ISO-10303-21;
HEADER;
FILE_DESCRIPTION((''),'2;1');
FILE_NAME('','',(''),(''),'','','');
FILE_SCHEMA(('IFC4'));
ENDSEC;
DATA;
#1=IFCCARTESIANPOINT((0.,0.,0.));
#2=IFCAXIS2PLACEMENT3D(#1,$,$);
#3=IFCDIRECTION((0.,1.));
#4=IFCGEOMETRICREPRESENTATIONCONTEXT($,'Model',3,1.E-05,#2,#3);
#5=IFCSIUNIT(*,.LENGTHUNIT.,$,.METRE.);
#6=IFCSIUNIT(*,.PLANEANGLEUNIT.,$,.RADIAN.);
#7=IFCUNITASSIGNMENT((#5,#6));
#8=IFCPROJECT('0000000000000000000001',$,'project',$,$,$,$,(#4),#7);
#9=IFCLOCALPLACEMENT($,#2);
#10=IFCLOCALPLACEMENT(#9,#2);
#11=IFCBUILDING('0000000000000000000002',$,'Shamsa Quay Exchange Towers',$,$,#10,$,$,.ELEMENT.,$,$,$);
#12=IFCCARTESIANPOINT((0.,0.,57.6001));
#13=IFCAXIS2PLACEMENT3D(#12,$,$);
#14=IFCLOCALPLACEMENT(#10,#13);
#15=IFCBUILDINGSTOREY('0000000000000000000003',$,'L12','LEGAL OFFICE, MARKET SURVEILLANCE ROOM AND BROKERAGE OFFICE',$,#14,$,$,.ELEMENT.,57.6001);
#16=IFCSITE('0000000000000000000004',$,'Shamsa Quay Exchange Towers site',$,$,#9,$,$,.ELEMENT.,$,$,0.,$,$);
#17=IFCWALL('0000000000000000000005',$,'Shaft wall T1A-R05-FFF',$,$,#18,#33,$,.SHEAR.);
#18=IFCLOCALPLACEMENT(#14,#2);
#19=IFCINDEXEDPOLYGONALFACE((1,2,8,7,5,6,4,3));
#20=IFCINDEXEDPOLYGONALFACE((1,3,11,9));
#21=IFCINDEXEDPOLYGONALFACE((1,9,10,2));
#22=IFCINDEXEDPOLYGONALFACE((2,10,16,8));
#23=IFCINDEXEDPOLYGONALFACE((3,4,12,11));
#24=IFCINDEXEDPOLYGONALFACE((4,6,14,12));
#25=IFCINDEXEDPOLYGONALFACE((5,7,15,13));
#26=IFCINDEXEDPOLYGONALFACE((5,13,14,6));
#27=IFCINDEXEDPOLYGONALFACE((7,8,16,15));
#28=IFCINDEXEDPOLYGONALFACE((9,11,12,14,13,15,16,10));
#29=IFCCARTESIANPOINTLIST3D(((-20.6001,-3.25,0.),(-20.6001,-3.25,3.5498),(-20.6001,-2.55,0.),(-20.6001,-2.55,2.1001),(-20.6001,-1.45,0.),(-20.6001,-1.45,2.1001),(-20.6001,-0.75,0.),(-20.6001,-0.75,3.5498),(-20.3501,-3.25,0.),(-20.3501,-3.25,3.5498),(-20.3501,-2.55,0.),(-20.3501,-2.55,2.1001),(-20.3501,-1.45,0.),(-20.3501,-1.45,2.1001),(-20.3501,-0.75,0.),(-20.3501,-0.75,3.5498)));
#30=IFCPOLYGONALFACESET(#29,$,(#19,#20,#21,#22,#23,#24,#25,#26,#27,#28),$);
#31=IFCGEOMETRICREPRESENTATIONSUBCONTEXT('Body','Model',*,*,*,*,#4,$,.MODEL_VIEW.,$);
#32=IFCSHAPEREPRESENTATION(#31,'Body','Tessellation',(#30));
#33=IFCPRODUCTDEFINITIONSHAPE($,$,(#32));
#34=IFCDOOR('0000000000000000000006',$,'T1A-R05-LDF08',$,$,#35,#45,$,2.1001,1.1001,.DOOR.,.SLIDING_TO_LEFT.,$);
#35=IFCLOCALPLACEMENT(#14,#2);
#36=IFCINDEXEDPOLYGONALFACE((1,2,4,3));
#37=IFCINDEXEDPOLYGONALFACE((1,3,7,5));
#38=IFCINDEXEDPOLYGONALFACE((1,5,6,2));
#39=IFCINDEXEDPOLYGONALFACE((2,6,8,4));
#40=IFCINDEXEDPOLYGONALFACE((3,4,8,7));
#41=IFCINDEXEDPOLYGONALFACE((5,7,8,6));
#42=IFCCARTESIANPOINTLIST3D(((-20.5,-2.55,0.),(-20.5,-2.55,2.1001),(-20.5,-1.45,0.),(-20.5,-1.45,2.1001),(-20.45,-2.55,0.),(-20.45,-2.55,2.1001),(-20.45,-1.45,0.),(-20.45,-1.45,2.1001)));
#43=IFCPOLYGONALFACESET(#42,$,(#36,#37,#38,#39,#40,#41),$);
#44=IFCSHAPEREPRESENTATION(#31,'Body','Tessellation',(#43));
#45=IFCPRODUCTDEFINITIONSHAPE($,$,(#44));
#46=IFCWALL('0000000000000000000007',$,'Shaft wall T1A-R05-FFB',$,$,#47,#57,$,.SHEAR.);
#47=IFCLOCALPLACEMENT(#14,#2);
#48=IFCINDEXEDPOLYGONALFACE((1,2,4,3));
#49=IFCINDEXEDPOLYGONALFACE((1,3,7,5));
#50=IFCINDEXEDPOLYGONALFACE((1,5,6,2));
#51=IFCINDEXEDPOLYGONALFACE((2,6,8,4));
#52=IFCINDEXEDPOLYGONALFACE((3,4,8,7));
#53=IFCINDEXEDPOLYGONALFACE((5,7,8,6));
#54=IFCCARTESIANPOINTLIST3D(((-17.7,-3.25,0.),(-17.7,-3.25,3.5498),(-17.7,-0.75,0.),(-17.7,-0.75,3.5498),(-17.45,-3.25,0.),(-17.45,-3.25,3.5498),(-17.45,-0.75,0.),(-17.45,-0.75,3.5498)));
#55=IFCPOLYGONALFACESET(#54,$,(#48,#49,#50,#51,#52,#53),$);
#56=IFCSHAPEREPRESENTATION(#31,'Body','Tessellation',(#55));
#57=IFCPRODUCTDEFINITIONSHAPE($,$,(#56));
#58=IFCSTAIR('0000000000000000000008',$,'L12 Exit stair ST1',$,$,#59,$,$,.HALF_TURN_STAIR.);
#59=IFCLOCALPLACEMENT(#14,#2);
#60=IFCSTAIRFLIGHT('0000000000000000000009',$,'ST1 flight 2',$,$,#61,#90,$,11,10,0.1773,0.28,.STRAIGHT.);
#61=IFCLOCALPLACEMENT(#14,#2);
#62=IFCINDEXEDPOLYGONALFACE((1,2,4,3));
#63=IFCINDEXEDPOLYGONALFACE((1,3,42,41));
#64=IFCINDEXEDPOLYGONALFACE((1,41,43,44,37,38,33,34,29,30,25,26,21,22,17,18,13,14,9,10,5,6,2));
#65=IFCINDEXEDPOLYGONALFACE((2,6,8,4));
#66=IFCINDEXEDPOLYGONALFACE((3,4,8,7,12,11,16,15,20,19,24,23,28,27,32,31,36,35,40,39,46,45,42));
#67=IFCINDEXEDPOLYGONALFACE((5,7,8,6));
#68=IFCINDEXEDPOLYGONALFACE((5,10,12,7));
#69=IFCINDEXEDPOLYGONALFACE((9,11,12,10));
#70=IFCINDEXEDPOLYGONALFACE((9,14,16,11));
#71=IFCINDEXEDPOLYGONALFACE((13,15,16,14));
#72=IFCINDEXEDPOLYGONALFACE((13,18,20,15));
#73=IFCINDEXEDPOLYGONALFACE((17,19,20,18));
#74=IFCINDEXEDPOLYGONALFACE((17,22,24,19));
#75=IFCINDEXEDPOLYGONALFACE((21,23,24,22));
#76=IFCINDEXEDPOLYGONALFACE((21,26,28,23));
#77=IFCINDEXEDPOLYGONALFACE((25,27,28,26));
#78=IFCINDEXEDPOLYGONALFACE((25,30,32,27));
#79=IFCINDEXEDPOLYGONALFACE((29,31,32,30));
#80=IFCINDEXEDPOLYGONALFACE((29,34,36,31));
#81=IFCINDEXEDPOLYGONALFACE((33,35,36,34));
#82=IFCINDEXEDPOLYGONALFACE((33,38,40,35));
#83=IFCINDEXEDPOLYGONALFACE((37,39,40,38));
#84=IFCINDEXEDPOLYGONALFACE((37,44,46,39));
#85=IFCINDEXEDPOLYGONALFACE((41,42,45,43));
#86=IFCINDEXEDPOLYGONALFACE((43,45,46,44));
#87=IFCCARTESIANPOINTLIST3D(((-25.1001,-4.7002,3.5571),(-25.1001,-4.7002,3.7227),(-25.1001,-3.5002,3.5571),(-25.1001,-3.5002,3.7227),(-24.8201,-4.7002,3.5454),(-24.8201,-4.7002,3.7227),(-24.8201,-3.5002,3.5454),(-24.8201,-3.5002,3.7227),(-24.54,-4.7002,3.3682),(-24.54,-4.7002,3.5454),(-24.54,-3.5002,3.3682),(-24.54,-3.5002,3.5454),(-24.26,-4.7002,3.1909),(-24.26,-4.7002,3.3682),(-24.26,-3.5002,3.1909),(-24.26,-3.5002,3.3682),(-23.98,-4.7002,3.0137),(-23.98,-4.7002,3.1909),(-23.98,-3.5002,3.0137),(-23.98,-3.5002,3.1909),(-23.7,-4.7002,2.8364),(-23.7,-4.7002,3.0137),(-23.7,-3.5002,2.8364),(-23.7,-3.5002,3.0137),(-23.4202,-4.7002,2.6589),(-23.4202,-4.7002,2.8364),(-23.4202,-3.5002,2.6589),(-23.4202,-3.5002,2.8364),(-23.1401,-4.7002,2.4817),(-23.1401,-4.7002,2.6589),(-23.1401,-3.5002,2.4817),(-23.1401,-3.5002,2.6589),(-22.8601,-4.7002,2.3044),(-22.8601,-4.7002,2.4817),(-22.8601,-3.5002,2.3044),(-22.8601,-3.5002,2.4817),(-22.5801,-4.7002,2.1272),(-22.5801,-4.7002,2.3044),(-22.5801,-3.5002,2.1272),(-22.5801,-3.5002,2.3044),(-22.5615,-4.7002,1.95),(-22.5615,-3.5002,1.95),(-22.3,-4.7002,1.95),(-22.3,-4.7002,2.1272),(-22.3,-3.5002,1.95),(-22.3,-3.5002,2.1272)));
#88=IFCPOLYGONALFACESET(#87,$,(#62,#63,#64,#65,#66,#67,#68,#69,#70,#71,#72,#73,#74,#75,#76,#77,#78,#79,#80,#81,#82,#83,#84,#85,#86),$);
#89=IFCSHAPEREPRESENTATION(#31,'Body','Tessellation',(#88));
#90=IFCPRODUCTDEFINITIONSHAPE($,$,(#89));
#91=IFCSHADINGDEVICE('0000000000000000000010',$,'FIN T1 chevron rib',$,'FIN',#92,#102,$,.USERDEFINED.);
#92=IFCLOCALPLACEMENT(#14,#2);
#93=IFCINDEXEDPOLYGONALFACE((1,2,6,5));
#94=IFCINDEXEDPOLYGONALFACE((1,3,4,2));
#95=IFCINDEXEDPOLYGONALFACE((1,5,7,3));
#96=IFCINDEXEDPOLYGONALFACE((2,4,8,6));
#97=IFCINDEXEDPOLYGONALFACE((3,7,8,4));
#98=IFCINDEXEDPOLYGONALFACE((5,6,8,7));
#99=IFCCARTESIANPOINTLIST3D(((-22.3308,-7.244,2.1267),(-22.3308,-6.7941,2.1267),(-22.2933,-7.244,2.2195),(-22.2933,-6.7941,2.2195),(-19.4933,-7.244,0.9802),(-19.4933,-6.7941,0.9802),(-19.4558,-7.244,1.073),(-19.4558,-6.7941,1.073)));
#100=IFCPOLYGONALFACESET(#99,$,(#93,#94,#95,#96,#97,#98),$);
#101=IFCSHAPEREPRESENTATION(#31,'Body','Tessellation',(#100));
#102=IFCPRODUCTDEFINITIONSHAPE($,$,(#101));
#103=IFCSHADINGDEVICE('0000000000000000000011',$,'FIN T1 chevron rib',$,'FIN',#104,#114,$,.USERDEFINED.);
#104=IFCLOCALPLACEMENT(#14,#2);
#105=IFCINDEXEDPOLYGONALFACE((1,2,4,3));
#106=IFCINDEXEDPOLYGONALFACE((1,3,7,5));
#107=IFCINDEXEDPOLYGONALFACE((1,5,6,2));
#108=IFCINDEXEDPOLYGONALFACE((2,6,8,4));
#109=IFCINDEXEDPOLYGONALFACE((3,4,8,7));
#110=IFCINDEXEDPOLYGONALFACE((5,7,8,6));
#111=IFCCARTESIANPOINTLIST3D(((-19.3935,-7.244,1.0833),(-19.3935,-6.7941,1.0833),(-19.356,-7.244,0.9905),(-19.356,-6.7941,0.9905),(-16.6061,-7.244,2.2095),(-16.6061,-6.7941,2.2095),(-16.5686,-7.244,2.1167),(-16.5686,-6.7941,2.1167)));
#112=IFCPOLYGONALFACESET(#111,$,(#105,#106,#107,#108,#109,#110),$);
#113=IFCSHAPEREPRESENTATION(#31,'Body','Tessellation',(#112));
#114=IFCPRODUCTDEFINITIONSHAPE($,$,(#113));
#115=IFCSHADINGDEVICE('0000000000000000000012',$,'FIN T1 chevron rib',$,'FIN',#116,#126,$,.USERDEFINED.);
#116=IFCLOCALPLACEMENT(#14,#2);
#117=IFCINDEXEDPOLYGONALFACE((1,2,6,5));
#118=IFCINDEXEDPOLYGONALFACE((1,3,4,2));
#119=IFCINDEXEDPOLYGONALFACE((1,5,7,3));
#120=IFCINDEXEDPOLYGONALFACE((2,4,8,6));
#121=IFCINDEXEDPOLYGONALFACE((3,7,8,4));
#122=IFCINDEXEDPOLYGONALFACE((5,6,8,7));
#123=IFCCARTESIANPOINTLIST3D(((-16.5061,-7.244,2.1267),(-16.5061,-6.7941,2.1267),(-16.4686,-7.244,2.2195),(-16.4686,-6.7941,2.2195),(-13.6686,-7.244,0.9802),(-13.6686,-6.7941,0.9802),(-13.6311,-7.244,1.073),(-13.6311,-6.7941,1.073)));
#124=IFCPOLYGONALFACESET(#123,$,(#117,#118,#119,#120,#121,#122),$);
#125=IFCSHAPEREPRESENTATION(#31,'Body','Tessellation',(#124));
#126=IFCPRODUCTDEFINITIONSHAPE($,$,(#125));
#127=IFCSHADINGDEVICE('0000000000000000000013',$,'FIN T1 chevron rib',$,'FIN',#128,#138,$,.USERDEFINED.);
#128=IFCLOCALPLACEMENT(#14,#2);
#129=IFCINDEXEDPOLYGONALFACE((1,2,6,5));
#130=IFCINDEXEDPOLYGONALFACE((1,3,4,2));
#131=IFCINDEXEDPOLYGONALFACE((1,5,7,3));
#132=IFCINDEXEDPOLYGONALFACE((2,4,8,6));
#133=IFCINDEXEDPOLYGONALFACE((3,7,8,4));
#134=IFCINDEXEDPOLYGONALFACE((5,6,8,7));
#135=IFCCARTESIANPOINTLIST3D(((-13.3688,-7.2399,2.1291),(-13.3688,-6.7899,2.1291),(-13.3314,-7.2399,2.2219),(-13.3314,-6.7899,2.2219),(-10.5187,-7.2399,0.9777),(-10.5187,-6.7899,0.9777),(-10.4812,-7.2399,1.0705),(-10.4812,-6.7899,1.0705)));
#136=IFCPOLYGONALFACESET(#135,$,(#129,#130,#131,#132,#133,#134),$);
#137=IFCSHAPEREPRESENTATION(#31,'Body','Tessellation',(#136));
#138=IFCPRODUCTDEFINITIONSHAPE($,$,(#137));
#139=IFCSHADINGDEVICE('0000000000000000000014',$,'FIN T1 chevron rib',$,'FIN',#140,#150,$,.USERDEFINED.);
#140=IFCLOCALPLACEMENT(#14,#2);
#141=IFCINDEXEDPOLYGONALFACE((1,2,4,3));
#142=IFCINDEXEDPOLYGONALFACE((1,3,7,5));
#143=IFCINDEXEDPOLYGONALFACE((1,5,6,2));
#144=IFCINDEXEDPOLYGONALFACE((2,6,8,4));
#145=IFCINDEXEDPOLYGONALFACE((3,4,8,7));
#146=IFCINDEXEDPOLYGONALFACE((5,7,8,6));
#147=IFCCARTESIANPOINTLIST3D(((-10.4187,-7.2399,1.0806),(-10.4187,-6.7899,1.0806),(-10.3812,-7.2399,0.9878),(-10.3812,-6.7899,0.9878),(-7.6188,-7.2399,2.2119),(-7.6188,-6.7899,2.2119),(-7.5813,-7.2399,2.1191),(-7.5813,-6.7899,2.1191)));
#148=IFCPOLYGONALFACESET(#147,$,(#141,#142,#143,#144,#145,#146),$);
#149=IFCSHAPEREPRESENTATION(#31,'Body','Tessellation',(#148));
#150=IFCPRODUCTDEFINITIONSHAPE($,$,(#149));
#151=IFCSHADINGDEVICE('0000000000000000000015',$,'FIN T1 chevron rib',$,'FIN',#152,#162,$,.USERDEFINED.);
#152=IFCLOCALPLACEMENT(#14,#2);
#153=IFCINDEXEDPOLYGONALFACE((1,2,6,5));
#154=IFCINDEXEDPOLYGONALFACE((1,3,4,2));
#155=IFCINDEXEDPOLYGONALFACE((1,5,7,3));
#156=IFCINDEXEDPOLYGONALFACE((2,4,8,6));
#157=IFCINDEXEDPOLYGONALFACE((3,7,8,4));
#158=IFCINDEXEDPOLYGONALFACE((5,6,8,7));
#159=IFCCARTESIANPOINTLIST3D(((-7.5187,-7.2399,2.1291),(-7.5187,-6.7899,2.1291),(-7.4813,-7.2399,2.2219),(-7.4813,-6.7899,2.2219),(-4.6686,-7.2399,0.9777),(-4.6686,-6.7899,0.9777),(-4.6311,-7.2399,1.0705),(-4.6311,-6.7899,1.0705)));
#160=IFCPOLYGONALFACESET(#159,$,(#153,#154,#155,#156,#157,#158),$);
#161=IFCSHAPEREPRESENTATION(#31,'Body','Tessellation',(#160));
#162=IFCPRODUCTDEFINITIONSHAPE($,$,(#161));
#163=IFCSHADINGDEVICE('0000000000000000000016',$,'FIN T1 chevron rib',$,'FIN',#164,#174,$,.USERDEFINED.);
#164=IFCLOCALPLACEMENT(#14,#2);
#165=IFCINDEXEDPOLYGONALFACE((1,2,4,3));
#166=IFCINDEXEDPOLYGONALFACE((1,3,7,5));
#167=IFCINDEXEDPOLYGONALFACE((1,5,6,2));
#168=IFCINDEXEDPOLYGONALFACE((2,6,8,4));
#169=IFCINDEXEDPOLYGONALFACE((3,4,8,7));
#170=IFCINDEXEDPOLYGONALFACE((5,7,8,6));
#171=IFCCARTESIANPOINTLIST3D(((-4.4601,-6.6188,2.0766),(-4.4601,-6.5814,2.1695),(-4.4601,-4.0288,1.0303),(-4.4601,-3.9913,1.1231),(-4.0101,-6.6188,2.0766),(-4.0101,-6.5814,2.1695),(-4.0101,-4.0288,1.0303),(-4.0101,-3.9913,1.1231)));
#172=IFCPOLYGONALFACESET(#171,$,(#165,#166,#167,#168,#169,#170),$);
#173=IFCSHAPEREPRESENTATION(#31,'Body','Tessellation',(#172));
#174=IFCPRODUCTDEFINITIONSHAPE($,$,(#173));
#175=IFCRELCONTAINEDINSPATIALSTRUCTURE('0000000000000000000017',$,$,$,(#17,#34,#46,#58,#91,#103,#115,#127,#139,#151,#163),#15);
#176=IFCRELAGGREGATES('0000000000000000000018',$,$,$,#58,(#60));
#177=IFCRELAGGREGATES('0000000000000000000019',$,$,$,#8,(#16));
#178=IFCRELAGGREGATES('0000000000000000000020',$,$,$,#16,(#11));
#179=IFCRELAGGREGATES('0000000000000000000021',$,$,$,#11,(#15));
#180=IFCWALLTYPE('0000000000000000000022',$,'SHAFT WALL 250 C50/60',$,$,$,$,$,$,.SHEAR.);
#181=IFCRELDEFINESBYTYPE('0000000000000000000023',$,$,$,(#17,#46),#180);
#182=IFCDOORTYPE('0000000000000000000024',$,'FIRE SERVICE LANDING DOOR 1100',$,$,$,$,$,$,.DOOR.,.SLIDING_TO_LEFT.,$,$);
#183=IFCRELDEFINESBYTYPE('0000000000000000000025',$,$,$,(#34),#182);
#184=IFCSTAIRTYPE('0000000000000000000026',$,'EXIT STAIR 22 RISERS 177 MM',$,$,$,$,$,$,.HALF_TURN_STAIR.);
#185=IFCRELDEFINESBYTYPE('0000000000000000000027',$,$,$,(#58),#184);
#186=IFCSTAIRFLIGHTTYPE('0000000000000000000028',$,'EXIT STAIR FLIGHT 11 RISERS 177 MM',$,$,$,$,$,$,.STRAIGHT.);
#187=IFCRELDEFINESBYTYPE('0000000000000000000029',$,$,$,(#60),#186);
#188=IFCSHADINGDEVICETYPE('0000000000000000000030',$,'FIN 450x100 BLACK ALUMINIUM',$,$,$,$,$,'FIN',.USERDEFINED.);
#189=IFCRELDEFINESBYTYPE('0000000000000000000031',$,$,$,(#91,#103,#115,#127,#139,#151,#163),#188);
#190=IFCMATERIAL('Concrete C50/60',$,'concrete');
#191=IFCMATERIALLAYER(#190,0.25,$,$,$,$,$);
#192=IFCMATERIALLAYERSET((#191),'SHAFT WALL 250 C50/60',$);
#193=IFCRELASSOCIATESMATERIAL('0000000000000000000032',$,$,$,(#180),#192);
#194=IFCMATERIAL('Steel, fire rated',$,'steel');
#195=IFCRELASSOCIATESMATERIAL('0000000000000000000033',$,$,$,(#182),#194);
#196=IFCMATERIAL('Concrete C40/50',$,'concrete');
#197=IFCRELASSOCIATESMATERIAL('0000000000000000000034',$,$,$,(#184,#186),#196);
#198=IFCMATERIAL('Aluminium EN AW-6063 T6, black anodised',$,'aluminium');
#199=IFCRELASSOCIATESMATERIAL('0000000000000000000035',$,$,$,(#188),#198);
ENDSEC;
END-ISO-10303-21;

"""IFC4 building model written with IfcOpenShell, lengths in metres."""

from ifc_helpers import new_model, si_unit, direction, frame, frame_2d, origin, origin_2d, place, context, subcontext, project, spatial, polyline, rectangle, outline, extrude, material, layer, layer_set, material_profile, profile_set, type_object, element, fill, aggregate, save


model = new_model("IFC4")

# Units and contexts
model_context = context("Model", 3, precision=1e-05, world=origin(), true_north=direction((0.0, 1.0)))
body_context = subcontext(model_context, "Body", "Model", "MODEL_VIEW")
ifc_project = project(units=[si_unit("LENGTHUNIT", "METRE"), si_unit("PLANEANGLEUNIT", "RADIAN")], contexts=[model_context])

# Site, building, storey
site_placement = place(None, origin())
site = spatial("IfcSite", under=ifc_project, at=site_placement, Name="Shamsa Quay Exchange Towers site", CompositionType="ELEMENT", RefElevation=0.0)
building_placement = place(site_placement, origin())
building = spatial("IfcBuilding", under=site, at=building_placement, Name="Shamsa Quay Exchange Towers", CompositionType="ELEMENT")
storey_placement = place(building_placement, frame((0.0, 0.0, 57.6001)))
storey = spatial("IfcBuildingStorey", under=building, at=storey_placement, Name="L12", Description="LEGAL OFFICE, MARKET SURVEILLANCE ROOM AND BROKERAGE OFFICE", CompositionType="ELEMENT", Elevation=57.6001)

# Shared definitions
ifc_material_1 = material(Name="Aluminium EN AW-6063 T6, black anodised", Category="aluminium")

# Shared definitions
ifc_material_2 = material(Name="Concrete C40/50", Category="concrete")

# Shared definitions
ifc_material_3 = material(Name="Concrete C50/60", Category="concrete")
ifc_layer_1 = layer(ifc_material_3, 0.25)
ifc_layer_set_1 = layer_set([ifc_layer_1], Name="SHAFT WALL 250 C50/60")
wall_type_1 = type_object("IfcWallType", Name="SHAFT WALL 250 C50/60", PredefinedType="SHEAR", material=ifc_layer_set_1)
ifc_material_4 = material(Name="Steel, fire rated", Category="steel")

# Wall, opening, door
wall_1_placement = place(storey_placement, frame((-20.4751, -3.25, 0.0), z_axis=(0.0, 0.0, 1.0), x_axis=(0.0, 1.0, 0.0)))
wall_1 = element("IfcWall", 1, at=wall_1_placement, inside=storey, type_object=wall_type_1, Name="Shaft wall T1A-R05-FFF", PredefinedType="SHEAR", context=body_context, shape_type="SweptSolid", body=[
    extrude(rectangle(XDim=2.5, YDim=0.25, at=frame_2d((1.25, 0.0))), origin(), (0.0, 0.0, 1.0), 3.5498),
])
opening_1_placement = place(wall_1_placement, frame((0.7, 0.0, 0.0)))
opening_1 = element("IfcOpeningElement", 2, at=opening_1_placement, cuts=wall_1, PredefinedType="OPENING", context=body_context, shape_type="SweptSolid", body=[
    extrude(rectangle(XDim=1.1001, YDim=2.1001, at=frame_2d((0.55, 1.05))), frame((0.0, 0.135, 0.0), z_axis=(0.0, -1.0, 0.0), x_axis=(1.0, 0.0, 0.0)), (0.0, 0.0, 1.0), 0.27),
])
door_type_1 = type_object("IfcDoorType", Name="FIRE SERVICE LANDING DOOR 1100", OperationType="SLIDING_TO_LEFT", PredefinedType="DOOR", material=ifc_material_4)
door_1_placement = place(opening_1_placement, origin())
door_1 = element("IfcDoor", 3, at=door_1_placement, inside=storey, type_object=door_type_1, Name="T1A-R05-LDF08", OperationType="SLIDING_TO_LEFT", OverallHeight=2.1001, OverallWidth=1.1001, PredefinedType="DOOR", context=body_context, shape_type="SweptSolid", body=[
    extrude(rectangle(XDim=1.1001, YDim=2.1001, at=frame_2d((0.55, 1.05))), frame((0.0, 0.0249, 0.0), z_axis=(0.0, -1.0, 0.0), x_axis=(1.0, 0.0, 0.0)), (0.0, 0.0, 1.0), 0.05),
])
fill(opening_1, door_1)

# Wall
wall_2_placement = place(storey_placement, frame((-17.575, -3.25, 0.0), z_axis=(0.0, 0.0, 1.0), x_axis=(0.0, 1.0, 0.0)))
element("IfcWall", 4, at=wall_2_placement, inside=storey, type_object=wall_type_1, Name="Shaft wall T1A-R05-FFB", PredefinedType="SHEAR", context=body_context, shape_type="SweptSolid", body=[
    extrude(rectangle(XDim=2.5, YDim=0.25, at=frame_2d((1.25, 0.0))), origin(), (0.0, 0.0, 1.0), 3.5498),
])

# Stair, stair flight
stair_type = type_object("IfcStairType", Name="EXIT STAIR 22 RISERS 177 MM", PredefinedType="HALF_TURN_STAIR", material=ifc_material_2)
stair_placement = place(storey_placement, origin())
stair = element("IfcStair", 5, at=stair_placement, inside=storey, type_object=stair_type, Name="L12 Exit stair ST1", PredefinedType="HALF_TURN_STAIR")
stair_flight_type = type_object("IfcStairFlightType", Name="EXIT STAIR FLIGHT 11 RISERS 177 MM", PredefinedType="STRAIGHT", material=ifc_material_2)
stair_flight_placement = place(storey_placement, frame((-22.3, -4.1001, 1.95), z_axis=(0.0, 0.0, 1.0), x_axis=(-1.0, 0.0, 0.0)))
stair_flight = element("IfcStairFlight", 6, at=stair_flight_placement, type_object=stair_flight_type, Name="ST1 flight 2", NumberOfRisers=11, NumberOfTreads=10, PredefinedType="STRAIGHT", RiserHeight=0.1773, TreadLength=0.28, context=body_context, shape_type="SweptSolid", body=[
    extrude(outline(polyline([(0.0, 0.0), (0.0, 0.1772), (0.28, 0.1772), (0.28, 0.3545), (0.5601, 0.3545), (0.5601, 0.5317), (0.8401, 0.5317), (0.8401, 0.709), (1.1201, 0.709), (1.1201, 0.8865), (1.3999, 0.8865), (1.3999, 1.0637), (1.6799, 1.0637), (1.6799, 1.241), (1.96, 1.241), (1.96, 1.4182), (2.24, 1.4182), (2.24, 1.5955), (2.52, 1.5955), (2.52, 1.7727), (2.8, 1.7727), (2.8, 1.95), (2.8, 1.6072), (0.2615, 0.0), (0.0, 0.0)])), frame((0.0, 0.6001, 0.0), z_axis=(0.0, -1.0, 0.0), x_axis=(1.0, 0.0, 0.0)), (0.0, 0.0, 1.0), 1.2),
])
aggregate(stair, [stair_flight])

# Shading devices
ifc_material_profile_1 = material_profile(ifc_material_1, rectangle(XDim=0.45, YDim=0.1001, at=origin_2d()), Name="FIN450x100")
ifc_profile_set_1 = profile_set([ifc_material_profile_1], Name="Aluminium EN AW-6063 T6, black anodised")
shading_device_type = type_object("IfcShadingDeviceType", Name="FIN 450x100 BLACK ALUMINIUM", ElementType="FIN", PredefinedType="USERDEFINED", material=ifc_profile_set_1)
shading_device_1_placement = place(storey_placement, frame((-22.312, -7.019, 2.1731), z_axis=(0.927173, 0.0, -0.374635), x_axis=(0.0, 1.0, 0.0)))
element("IfcShadingDevice", 7, at=shading_device_1_placement, inside=storey, type_object=shading_device_type, Name="FIN T1 chevron rib", ObjectType="FIN", PredefinedType="USERDEFINED", context=body_context, shape_type="SweptSolid", body=[
    extrude(rectangle(XDim=0.45, YDim=0.1001, at=origin_2d()), origin(), (0.0, 0.0, 1.0), 3.0603),
])
shading_device_2_placement = place(storey_placement, frame((-19.3748, -7.019, 1.0369), z_axis=(0.927177, 0.0, 0.374623), x_axis=(0.0, 1.0, 0.0)))
element("IfcShadingDevice", 8, at=shading_device_2_placement, inside=storey, type_object=shading_device_type, Name="FIN T1 chevron rib", ObjectType="FIN", PredefinedType="USERDEFINED", context=body_context, shape_type="SweptSolid", body=[
    extrude(rectangle(XDim=0.45, YDim=0.1001, at=origin_2d()), origin(), (0.0, 0.0, 1.0), 3.0063),
])
shading_device_3_placement = place(storey_placement, frame((-16.4873, -7.019, 2.1731), z_axis=(0.927173, 0.0, -0.374635), x_axis=(0.0, 1.0, 0.0)))
element("IfcShadingDevice", 9, at=shading_device_3_placement, inside=storey, type_object=shading_device_type, Name="FIN T1 chevron rib", ObjectType="FIN", PredefinedType="USERDEFINED", context=body_context, shape_type="SweptSolid", body=[
    extrude(rectangle(XDim=0.45, YDim=0.1001, at=origin_2d()), origin(), (0.0, 0.0, 1.0), 3.0603),
])
shading_device_4_placement = place(storey_placement, frame((-13.3501, -7.0149, 2.1755), z_axis=(0.9272, 0.0, -0.374565), x_axis=(0.0, 1.0, 0.0)))
element("IfcShadingDevice", 10, at=shading_device_4_placement, inside=storey, type_object=shading_device_type, Name="FIN T1 chevron rib", ObjectType="FIN", PredefinedType="USERDEFINED", context=body_context, shape_type="SweptSolid", body=[
    extrude(rectangle(XDim=0.45, YDim=0.1001, at=origin_2d()), origin(), (0.0, 0.0, 1.0), 3.074),
])
shading_device_5_placement = place(storey_placement, frame((-10.3999, -7.0149, 1.0342), z_axis=(0.927166, 0.0, 0.37465), x_axis=(0.0, 1.0, 0.0)))
element("IfcShadingDevice", 11, at=shading_device_5_placement, inside=storey, type_object=shading_device_type, Name="FIN T1 chevron rib", ObjectType="FIN", PredefinedType="USERDEFINED", context=body_context, shape_type="SweptSolid", body=[
    extrude(rectangle(XDim=0.45, YDim=0.1001, at=origin_2d()), origin(), (0.0, 0.0, 1.0), 3.0198),
])
shading_device_6_placement = place(storey_placement, frame((-7.5, -7.0149, 2.1755), z_axis=(0.9272, 0.0, -0.374565), x_axis=(0.0, 1.0, 0.0)))
element("IfcShadingDevice", 12, at=shading_device_6_placement, inside=storey, type_object=shading_device_type, Name="FIN T1 chevron rib", ObjectType="FIN", PredefinedType="USERDEFINED", context=body_context, shape_type="SweptSolid", body=[
    extrude(rectangle(XDim=0.45, YDim=0.1001, at=origin_2d()), origin(), (0.0, 0.0, 1.0), 3.074),
])
shading_device_7_placement = place(storey_placement, frame((-4.2351, -6.6001, 2.123), z_axis=(0.0, 0.927193, -0.374583), x_axis=(-1.0, 0.0, 0.0)))
element("IfcShadingDevice", 13, at=shading_device_7_placement, inside=storey, type_object=shading_device_type, Name="FIN T1 chevron rib", ObjectType="FIN", PredefinedType="USERDEFINED", context=body_context, shape_type="SweptSolid", body=[
    extrude(rectangle(XDim=0.45, YDim=0.1001, at=origin_2d()), origin(), (0.0, 0.0, 1.0), 2.7935),
])

save(model, "model.ifc")
